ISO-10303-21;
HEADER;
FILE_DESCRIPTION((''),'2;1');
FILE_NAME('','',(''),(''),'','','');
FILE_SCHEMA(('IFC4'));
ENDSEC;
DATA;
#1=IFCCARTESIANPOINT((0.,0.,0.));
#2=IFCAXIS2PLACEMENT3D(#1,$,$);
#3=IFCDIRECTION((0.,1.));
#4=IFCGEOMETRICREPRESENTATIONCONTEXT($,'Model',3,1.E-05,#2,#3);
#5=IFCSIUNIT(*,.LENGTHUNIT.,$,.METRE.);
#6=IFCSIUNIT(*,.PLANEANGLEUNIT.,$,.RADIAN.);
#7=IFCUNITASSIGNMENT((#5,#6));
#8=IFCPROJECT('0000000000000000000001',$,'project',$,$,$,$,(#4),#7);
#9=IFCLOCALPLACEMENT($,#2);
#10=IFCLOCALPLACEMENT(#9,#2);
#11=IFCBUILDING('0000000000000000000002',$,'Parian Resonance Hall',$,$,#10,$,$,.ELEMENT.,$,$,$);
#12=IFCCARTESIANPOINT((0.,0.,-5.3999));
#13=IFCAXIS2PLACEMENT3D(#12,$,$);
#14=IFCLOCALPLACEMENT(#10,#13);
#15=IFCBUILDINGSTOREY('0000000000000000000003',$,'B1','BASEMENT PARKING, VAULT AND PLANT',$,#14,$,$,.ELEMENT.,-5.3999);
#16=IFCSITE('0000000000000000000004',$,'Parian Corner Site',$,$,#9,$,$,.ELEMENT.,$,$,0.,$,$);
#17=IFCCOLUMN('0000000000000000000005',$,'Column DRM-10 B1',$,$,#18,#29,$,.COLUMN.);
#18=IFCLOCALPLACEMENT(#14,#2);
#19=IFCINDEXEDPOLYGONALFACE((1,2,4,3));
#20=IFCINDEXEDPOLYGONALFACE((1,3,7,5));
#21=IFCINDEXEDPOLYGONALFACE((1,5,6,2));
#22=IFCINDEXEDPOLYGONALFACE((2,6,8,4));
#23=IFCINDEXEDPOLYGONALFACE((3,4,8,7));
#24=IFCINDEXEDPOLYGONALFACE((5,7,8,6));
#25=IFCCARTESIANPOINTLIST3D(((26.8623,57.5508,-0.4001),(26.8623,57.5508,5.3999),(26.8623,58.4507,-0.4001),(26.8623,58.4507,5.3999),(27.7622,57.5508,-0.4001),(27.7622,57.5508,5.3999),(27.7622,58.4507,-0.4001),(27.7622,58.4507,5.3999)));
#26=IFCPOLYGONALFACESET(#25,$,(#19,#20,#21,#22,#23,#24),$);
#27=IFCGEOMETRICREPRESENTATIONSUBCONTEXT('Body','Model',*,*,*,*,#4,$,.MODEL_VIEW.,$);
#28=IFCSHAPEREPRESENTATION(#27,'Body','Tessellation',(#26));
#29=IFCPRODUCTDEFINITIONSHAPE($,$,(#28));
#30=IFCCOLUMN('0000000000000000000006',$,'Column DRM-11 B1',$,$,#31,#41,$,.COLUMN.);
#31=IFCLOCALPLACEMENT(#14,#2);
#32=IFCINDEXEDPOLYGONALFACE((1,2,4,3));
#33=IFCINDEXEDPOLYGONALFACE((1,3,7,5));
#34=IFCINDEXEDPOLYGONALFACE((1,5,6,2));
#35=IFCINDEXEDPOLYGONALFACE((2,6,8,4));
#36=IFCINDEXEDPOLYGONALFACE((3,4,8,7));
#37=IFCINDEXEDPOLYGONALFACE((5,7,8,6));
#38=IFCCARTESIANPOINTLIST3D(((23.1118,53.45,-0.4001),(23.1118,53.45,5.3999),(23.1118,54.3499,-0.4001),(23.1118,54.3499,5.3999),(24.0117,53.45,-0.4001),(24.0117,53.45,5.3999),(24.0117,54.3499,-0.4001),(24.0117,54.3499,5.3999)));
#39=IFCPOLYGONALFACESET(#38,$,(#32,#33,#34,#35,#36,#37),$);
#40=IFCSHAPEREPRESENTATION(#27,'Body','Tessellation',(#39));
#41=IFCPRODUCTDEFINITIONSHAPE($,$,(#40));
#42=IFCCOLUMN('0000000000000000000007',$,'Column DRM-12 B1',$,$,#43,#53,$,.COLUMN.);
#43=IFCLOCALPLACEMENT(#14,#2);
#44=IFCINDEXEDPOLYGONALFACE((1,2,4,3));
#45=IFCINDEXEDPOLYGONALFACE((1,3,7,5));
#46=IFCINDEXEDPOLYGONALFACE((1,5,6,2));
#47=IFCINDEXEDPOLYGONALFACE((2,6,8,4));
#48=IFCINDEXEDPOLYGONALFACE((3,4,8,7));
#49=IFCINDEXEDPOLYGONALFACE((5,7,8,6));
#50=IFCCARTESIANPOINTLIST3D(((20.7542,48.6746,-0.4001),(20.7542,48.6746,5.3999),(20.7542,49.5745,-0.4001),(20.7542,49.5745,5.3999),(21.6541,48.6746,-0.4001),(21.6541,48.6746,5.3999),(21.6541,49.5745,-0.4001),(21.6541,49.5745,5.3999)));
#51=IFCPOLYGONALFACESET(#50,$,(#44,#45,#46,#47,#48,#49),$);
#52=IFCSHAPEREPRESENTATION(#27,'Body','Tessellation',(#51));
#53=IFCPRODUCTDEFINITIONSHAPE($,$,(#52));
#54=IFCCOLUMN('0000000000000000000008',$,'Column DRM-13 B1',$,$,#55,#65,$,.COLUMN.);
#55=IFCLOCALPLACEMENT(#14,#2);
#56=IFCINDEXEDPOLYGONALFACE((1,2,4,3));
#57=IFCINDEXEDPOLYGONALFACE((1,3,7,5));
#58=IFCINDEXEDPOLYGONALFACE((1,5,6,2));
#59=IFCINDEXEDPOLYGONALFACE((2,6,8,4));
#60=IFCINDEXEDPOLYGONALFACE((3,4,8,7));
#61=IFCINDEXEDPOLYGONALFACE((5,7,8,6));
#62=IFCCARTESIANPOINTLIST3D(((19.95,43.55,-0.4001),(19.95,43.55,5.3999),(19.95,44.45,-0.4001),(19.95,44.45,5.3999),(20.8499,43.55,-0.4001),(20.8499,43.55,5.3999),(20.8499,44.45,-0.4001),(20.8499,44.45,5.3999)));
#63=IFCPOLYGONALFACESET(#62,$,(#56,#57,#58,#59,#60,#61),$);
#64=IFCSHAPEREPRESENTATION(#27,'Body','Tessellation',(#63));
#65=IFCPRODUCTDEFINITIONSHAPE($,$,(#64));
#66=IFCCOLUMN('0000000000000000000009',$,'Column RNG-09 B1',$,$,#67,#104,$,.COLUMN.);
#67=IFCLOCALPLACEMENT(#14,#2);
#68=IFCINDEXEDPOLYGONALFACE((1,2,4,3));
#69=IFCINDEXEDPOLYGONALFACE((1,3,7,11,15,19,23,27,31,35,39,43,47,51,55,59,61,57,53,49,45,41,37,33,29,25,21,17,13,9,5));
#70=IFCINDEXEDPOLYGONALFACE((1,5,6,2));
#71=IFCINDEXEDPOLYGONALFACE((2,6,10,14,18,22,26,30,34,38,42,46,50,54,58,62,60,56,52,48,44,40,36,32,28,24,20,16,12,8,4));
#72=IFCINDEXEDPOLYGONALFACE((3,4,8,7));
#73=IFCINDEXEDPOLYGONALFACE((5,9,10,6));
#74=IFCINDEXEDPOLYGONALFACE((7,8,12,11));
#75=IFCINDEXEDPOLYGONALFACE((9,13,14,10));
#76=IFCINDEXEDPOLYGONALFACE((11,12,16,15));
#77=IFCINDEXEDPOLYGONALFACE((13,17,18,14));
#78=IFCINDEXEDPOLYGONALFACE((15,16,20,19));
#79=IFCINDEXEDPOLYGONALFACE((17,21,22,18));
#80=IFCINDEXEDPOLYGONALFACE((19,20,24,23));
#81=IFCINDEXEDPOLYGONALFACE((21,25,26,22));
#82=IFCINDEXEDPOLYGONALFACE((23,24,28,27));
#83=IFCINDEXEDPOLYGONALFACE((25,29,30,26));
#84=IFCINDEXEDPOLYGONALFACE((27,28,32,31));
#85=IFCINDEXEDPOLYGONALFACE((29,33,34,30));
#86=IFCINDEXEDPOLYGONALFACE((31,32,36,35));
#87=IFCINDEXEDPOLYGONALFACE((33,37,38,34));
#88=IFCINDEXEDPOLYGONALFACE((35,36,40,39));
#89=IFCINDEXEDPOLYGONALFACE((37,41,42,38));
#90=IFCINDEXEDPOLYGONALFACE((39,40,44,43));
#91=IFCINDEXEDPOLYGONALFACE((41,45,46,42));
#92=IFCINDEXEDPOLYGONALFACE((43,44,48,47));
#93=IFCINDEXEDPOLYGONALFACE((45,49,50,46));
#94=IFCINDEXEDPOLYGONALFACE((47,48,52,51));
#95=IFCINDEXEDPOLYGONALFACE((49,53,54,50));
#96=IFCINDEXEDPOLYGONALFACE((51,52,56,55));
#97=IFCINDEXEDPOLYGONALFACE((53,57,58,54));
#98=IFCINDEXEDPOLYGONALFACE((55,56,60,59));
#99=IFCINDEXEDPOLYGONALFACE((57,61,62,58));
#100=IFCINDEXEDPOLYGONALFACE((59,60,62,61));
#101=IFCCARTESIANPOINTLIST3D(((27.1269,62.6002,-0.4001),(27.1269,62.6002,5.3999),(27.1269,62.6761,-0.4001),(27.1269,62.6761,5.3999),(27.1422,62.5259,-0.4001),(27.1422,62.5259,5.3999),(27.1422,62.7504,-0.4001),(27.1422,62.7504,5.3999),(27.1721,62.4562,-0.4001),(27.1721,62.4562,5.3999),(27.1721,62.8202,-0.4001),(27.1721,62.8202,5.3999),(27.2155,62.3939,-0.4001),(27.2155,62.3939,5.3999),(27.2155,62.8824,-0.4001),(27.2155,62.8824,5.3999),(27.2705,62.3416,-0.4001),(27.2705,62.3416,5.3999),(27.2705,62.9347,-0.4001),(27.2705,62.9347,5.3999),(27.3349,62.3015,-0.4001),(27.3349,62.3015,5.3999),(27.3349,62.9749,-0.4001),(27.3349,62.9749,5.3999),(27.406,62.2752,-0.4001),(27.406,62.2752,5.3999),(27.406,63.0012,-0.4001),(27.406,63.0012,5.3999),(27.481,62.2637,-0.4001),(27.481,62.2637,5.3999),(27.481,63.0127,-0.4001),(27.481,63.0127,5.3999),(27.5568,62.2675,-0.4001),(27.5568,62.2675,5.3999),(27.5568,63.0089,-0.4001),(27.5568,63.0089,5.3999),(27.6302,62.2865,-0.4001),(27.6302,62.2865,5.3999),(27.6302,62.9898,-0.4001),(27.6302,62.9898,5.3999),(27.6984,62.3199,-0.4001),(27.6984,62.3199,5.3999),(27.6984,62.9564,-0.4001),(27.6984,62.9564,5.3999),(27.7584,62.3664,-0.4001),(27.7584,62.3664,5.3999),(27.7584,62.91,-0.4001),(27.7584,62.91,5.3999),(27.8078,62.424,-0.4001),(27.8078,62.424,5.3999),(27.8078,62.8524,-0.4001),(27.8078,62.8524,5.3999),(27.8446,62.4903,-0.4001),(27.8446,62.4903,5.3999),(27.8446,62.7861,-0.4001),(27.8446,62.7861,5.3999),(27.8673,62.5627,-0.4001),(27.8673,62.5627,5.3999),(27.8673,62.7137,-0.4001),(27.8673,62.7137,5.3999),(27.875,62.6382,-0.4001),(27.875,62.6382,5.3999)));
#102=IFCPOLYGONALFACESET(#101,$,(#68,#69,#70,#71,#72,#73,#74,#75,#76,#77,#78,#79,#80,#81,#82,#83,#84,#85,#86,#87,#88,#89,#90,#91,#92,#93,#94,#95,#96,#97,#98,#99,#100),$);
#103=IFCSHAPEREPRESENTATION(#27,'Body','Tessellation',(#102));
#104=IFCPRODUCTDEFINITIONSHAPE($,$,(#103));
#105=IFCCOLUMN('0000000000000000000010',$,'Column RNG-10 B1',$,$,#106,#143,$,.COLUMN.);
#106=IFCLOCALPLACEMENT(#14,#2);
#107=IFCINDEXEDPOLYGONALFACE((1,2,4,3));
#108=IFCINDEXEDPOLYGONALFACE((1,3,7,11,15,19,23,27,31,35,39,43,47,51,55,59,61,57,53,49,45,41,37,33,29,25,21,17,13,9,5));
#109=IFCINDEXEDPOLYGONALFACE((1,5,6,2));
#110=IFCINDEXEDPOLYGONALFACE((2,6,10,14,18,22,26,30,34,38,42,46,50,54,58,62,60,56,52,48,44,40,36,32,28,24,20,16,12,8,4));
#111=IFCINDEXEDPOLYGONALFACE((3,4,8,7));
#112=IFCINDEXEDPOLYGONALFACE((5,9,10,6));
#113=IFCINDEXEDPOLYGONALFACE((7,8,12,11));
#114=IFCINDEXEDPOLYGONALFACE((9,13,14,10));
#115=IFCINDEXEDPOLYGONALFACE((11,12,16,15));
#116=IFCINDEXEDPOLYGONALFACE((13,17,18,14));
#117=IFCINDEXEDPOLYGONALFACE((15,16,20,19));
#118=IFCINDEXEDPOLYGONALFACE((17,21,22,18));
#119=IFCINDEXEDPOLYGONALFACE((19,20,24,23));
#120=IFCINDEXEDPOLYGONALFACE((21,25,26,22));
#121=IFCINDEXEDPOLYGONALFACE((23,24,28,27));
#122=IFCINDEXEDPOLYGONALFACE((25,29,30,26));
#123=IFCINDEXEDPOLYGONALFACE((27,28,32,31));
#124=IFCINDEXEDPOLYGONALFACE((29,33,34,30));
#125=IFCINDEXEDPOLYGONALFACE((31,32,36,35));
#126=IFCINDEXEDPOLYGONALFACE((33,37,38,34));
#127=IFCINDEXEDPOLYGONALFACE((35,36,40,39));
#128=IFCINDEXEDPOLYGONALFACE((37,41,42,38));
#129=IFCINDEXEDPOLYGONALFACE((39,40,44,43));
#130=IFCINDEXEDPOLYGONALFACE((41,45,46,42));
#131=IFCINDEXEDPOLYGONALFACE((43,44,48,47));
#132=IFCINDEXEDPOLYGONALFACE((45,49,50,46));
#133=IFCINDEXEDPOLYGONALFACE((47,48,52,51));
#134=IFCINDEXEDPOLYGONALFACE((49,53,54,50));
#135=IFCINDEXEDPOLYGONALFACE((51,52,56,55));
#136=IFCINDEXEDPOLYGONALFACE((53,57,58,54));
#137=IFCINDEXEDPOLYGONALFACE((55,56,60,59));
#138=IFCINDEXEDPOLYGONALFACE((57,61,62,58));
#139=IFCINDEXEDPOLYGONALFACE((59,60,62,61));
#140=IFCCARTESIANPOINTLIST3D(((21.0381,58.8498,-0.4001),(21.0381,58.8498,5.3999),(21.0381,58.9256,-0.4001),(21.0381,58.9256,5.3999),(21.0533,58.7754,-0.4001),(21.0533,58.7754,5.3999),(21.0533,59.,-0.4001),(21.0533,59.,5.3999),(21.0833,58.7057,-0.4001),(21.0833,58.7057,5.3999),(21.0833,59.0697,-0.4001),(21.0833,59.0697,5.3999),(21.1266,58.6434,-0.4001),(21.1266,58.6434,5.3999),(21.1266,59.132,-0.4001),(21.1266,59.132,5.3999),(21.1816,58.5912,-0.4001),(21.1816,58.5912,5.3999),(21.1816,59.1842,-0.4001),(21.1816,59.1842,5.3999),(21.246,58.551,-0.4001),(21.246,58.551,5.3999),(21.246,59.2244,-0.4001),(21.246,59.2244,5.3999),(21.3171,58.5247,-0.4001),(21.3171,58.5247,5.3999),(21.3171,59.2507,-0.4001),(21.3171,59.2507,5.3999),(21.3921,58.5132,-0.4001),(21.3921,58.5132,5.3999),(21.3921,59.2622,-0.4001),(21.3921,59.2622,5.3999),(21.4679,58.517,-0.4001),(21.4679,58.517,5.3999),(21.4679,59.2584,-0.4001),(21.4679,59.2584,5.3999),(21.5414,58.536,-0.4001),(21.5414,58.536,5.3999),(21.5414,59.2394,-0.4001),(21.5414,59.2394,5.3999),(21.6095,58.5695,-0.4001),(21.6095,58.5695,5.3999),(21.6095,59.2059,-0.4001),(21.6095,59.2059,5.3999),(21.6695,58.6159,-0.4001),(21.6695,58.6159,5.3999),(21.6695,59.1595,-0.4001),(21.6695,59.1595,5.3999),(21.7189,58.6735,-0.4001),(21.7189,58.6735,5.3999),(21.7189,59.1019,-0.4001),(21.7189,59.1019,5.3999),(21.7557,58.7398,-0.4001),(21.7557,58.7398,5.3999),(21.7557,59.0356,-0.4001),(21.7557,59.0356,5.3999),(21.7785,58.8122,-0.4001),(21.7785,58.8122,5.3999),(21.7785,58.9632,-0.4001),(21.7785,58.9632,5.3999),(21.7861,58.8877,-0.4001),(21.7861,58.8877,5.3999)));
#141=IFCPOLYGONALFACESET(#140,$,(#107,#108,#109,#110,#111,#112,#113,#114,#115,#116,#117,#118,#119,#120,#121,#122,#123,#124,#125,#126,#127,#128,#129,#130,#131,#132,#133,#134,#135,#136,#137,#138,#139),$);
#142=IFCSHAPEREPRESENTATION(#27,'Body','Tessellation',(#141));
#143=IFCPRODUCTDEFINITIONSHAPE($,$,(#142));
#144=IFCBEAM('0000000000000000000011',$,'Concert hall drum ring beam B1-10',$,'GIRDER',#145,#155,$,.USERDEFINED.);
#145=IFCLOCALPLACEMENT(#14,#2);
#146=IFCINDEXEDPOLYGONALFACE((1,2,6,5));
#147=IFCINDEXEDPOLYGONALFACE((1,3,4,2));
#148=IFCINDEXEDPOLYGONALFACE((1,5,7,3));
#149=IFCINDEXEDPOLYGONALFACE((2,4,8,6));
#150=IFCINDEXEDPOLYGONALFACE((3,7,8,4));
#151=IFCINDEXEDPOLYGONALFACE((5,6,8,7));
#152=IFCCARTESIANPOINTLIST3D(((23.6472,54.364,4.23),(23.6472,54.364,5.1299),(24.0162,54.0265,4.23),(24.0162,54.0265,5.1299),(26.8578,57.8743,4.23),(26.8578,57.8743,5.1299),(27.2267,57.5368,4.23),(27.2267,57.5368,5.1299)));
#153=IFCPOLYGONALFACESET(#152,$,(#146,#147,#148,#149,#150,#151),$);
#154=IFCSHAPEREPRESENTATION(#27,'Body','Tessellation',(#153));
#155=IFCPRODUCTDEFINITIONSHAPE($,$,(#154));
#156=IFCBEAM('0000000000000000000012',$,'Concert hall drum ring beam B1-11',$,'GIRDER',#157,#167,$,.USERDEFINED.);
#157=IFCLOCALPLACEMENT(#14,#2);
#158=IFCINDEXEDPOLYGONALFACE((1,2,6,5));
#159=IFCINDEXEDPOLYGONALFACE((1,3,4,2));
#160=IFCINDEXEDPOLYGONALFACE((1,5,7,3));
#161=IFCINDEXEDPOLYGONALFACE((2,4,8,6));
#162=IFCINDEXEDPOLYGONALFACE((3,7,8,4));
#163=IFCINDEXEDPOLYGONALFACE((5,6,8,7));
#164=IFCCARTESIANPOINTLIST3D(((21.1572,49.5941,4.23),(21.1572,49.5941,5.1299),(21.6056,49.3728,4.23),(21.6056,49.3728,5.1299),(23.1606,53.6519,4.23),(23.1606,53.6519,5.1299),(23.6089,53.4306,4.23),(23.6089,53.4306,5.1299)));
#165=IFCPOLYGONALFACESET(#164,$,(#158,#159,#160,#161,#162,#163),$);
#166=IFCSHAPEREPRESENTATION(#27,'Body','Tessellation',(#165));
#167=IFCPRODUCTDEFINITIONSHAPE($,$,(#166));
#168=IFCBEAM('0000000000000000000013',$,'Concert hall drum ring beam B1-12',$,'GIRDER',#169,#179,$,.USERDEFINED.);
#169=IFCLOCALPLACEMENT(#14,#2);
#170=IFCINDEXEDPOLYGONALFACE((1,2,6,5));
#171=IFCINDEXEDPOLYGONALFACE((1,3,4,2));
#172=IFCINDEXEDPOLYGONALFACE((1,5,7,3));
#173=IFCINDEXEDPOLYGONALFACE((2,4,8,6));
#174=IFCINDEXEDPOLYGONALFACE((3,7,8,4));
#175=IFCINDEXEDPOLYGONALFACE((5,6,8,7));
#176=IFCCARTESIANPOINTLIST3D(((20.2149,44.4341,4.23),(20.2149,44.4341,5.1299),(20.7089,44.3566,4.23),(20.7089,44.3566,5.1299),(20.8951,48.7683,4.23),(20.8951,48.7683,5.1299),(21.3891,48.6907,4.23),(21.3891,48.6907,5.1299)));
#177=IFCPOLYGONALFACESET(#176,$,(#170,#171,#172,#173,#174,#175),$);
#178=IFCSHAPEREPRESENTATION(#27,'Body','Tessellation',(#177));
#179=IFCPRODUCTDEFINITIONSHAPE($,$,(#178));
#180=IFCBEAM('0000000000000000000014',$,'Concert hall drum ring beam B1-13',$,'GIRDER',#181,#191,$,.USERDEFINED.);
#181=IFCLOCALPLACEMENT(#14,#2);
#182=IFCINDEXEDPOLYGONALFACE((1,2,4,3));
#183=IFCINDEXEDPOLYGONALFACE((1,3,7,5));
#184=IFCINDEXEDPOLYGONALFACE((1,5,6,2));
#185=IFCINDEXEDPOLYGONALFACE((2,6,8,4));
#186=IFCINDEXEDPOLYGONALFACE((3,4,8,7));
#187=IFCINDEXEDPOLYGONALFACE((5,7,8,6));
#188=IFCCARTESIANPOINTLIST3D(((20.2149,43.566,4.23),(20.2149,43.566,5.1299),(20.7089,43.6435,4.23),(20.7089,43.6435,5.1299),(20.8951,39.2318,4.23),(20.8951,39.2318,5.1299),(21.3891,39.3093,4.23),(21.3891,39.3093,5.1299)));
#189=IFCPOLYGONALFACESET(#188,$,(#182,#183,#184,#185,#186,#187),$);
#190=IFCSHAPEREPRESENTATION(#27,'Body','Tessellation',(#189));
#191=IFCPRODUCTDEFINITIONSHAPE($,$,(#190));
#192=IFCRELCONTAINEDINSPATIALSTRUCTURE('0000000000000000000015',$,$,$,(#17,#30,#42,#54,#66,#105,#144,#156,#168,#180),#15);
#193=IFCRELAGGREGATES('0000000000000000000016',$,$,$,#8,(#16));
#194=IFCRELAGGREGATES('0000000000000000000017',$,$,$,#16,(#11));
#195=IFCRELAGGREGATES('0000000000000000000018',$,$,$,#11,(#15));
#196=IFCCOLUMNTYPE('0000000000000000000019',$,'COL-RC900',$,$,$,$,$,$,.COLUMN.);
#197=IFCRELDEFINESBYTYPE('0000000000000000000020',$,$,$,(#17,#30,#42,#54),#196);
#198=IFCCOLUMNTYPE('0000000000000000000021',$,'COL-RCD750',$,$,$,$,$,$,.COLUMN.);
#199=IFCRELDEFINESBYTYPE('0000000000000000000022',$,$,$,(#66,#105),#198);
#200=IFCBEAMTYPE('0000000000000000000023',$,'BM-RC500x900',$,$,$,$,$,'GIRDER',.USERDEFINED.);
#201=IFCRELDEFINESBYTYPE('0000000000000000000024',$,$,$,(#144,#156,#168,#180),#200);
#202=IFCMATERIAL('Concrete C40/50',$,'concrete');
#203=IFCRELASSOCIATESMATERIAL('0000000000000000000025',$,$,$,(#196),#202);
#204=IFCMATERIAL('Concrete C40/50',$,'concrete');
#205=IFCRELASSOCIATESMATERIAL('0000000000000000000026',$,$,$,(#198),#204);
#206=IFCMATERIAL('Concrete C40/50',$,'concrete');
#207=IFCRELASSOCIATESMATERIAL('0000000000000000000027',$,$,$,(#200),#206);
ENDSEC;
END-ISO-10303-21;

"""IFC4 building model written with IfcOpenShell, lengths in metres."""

from ifc_helpers import new_model, si_unit, direction, frame, origin, origin_2d, place, context, subcontext, project, spatial, rectangle, circle, extrude, material, material_profile, profile_set, type_object, element, save


model = new_model("IFC4")

# Units and contexts
model_context = context("Model", 3, precision=1e-05, world=origin(), true_north=direction((0.0, 1.0)))
body_context = subcontext(model_context, "Body", "Model", "MODEL_VIEW")
ifc_project = project(units=[si_unit("LENGTHUNIT", "METRE"), si_unit("PLANEANGLEUNIT", "RADIAN")], contexts=[model_context])

# Site, building, storey
site_placement = place(None, origin())
site = spatial("IfcSite", under=ifc_project, at=site_placement, Name="Parian Corner Site", CompositionType="ELEMENT", RefElevation=0.0)
building_placement = place(site_placement, origin())
building = spatial("IfcBuilding", under=site, at=building_placement, Name="Parian Resonance Hall", CompositionType="ELEMENT")
storey_placement = place(building_placement, frame((0.0, 0.0, -5.3999)))
storey = spatial("IfcBuildingStorey", under=building, at=storey_placement, Name="B1", Description="BASEMENT PARKING, VAULT AND PLANT", CompositionType="ELEMENT", Elevation=-5.3999)

# Columns
ifc_material_1 = material(Name="Concrete C40/50", Category="concrete")
ifc_material_profile_1 = material_profile(ifc_material_1, rectangle(XDim=0.8999, YDim=0.8999, at=origin_2d()), Name="RC-COL-900x900")
ifc_profile_set_1 = profile_set([ifc_material_profile_1], Name="Concrete C40/50")
column_type_1 = type_object("IfcColumnType", Name="COL-RC900", PredefinedType="COLUMN", material=ifc_profile_set_1)
for number, where, z_axis, x_axis, name in (
    (1, (27.3123, 58.0007, -0.4001), (0.0, 0.0, 1.0), (1.0, 0.0, 0.0), "Column DRM-10 B1"),
    (2, (23.5618, 53.8999, -0.4001), (0.0, 0.0, 1.0), (1.0, 0.0, 0.0), "Column DRM-11 B1"),
    (3, (21.2041, 49.1245, -0.4001), (0.0, 0.0, 1.0), (1.0, 0.0, 0.0), "Column DRM-12 B1"),
    (4, (20.3999, 44.0, -0.4001), (0.0, 0.0, 1.0), (1.0, 0.0, 0.0), "Column DRM-13 B1"),
):
    element("IfcColumn", number, at=place(storey_placement, frame(where, z_axis=z_axis, x_axis=x_axis)), inside=storey, type_object=column_type_1, Name=name, PredefinedType="COLUMN", context=body_context, shape_type="SweptSolid", body=[
        extrude(rectangle(XDim=0.8999, YDim=0.8999, at=origin_2d()), origin(), (0.0, 0.0, 1.0), 5.8),
    ])
ifc_material_2 = material(Name="Concrete C40/50", Category="concrete")
ifc_material_profile_2 = material_profile(ifc_material_2, circle(Radius=0.375, at=origin_2d()), Name="RC-COL-D750")
ifc_profile_set_2 = profile_set([ifc_material_profile_2], Name="Concrete C40/50")
column_type_2 = type_object("IfcColumnType", Name="COL-RCD750", PredefinedType="COLUMN", material=ifc_profile_set_2)
for number, where, z_axis, x_axis, name in (
    (5, (27.5, 62.6382, -0.4001), (0.0, 0.0, 1.0), (1.0, 0.0, 0.0), "Column RNG-09 B1"),
    (6, (21.4111, 58.8877, -0.4001), (0.0, 0.0, 1.0), (1.0, 0.0, 0.0), "Column RNG-10 B1"),
):
    element("IfcColumn", number, at=place(storey_placement, frame(where, z_axis=z_axis, x_axis=x_axis)), inside=storey, type_object=column_type_2, Name=name, PredefinedType="COLUMN", context=body_context, shape_type="SweptSolid", body=[
        extrude(circle(Radius=0.375, at=origin_2d()), origin(), (0.0, 0.0, 1.0), 5.8),
    ])

# Beams
ifc_material_3 = material(Name="Concrete C40/50", Category="concrete")
ifc_material_profile_3 = material_profile(ifc_material_3, rectangle(XDim=0.5, YDim=0.8999, at=origin_2d()), Name="RC-BM-500x900")
ifc_profile_set_3 = profile_set([ifc_material_profile_3], Name="Concrete C40/50")
beam_type_1 = type_object("IfcBeamType", Name="BM-RC500x900", ElementType="GIRDER", PredefinedType="USERDEFINED", material=ifc_profile_set_3)
beam_1_placement = place(storey_placement, frame((27.0422, 57.7056, 4.6799), z_axis=(-0.674892, -0.737916, 0.0), x_axis=(0.737916, -0.674892, 0.0)))
element("IfcBeam", 7, at=beam_1_placement, inside=storey, type_object=beam_type_1, Name="Concert hall drum ring beam B1-10", ObjectType="GIRDER", PredefinedType="USERDEFINED", context=body_context, shape_type="SweptSolid", body=[
    extrude(rectangle(XDim=0.5, YDim=0.8999, at=origin_2d()), origin(), (0.0, 0.0, 1.0), 4.7571),
])
beam_2_placement = place(storey_placement, frame((23.3848, 53.5413, 4.6799), z_axis=(-0.442698, -0.896671, 0.0), x_axis=(0.896671, -0.442698, 0.0)))
element("IfcBeam", 8, at=beam_2_placement, inside=storey, type_object=beam_type_1, Name="Concert hall drum ring beam B1-11", ObjectType="GIRDER", PredefinedType="USERDEFINED", context=body_context, shape_type="SweptSolid", body=[
    extrude(rectangle(XDim=0.5, YDim=0.8999, at=origin_2d()), origin(), (0.0, 0.0, 1.0), 4.5254),
])
for number, where, z_axis, x_axis, name in (
    (9, (21.1421, 48.7295, 4.6799), (-0.155034, -0.987909, 0.0), (0.987909, -0.155034, 0.0), "Concert hall drum ring beam B1-12"),
    (10, (20.4619, 43.6047, 4.6799), (0.155034, -0.987909, 0.0), (0.987909, 0.155034, 0.0), "Concert hall drum ring beam B1-13"),
):
    element("IfcBeam", number, at=place(storey_placement, frame(where, z_axis=z_axis, x_axis=x_axis)), inside=storey, type_object=beam_type_1, Name=name, ObjectType="GIRDER", PredefinedType="USERDEFINED", context=body_context, shape_type="SweptSolid", body=[
        extrude(rectangle(XDim=0.5, YDim=0.8999, at=origin_2d()), origin(), (0.0, 0.0, 1.0), 4.3872),
    ])

save(model, "model.ifc")
